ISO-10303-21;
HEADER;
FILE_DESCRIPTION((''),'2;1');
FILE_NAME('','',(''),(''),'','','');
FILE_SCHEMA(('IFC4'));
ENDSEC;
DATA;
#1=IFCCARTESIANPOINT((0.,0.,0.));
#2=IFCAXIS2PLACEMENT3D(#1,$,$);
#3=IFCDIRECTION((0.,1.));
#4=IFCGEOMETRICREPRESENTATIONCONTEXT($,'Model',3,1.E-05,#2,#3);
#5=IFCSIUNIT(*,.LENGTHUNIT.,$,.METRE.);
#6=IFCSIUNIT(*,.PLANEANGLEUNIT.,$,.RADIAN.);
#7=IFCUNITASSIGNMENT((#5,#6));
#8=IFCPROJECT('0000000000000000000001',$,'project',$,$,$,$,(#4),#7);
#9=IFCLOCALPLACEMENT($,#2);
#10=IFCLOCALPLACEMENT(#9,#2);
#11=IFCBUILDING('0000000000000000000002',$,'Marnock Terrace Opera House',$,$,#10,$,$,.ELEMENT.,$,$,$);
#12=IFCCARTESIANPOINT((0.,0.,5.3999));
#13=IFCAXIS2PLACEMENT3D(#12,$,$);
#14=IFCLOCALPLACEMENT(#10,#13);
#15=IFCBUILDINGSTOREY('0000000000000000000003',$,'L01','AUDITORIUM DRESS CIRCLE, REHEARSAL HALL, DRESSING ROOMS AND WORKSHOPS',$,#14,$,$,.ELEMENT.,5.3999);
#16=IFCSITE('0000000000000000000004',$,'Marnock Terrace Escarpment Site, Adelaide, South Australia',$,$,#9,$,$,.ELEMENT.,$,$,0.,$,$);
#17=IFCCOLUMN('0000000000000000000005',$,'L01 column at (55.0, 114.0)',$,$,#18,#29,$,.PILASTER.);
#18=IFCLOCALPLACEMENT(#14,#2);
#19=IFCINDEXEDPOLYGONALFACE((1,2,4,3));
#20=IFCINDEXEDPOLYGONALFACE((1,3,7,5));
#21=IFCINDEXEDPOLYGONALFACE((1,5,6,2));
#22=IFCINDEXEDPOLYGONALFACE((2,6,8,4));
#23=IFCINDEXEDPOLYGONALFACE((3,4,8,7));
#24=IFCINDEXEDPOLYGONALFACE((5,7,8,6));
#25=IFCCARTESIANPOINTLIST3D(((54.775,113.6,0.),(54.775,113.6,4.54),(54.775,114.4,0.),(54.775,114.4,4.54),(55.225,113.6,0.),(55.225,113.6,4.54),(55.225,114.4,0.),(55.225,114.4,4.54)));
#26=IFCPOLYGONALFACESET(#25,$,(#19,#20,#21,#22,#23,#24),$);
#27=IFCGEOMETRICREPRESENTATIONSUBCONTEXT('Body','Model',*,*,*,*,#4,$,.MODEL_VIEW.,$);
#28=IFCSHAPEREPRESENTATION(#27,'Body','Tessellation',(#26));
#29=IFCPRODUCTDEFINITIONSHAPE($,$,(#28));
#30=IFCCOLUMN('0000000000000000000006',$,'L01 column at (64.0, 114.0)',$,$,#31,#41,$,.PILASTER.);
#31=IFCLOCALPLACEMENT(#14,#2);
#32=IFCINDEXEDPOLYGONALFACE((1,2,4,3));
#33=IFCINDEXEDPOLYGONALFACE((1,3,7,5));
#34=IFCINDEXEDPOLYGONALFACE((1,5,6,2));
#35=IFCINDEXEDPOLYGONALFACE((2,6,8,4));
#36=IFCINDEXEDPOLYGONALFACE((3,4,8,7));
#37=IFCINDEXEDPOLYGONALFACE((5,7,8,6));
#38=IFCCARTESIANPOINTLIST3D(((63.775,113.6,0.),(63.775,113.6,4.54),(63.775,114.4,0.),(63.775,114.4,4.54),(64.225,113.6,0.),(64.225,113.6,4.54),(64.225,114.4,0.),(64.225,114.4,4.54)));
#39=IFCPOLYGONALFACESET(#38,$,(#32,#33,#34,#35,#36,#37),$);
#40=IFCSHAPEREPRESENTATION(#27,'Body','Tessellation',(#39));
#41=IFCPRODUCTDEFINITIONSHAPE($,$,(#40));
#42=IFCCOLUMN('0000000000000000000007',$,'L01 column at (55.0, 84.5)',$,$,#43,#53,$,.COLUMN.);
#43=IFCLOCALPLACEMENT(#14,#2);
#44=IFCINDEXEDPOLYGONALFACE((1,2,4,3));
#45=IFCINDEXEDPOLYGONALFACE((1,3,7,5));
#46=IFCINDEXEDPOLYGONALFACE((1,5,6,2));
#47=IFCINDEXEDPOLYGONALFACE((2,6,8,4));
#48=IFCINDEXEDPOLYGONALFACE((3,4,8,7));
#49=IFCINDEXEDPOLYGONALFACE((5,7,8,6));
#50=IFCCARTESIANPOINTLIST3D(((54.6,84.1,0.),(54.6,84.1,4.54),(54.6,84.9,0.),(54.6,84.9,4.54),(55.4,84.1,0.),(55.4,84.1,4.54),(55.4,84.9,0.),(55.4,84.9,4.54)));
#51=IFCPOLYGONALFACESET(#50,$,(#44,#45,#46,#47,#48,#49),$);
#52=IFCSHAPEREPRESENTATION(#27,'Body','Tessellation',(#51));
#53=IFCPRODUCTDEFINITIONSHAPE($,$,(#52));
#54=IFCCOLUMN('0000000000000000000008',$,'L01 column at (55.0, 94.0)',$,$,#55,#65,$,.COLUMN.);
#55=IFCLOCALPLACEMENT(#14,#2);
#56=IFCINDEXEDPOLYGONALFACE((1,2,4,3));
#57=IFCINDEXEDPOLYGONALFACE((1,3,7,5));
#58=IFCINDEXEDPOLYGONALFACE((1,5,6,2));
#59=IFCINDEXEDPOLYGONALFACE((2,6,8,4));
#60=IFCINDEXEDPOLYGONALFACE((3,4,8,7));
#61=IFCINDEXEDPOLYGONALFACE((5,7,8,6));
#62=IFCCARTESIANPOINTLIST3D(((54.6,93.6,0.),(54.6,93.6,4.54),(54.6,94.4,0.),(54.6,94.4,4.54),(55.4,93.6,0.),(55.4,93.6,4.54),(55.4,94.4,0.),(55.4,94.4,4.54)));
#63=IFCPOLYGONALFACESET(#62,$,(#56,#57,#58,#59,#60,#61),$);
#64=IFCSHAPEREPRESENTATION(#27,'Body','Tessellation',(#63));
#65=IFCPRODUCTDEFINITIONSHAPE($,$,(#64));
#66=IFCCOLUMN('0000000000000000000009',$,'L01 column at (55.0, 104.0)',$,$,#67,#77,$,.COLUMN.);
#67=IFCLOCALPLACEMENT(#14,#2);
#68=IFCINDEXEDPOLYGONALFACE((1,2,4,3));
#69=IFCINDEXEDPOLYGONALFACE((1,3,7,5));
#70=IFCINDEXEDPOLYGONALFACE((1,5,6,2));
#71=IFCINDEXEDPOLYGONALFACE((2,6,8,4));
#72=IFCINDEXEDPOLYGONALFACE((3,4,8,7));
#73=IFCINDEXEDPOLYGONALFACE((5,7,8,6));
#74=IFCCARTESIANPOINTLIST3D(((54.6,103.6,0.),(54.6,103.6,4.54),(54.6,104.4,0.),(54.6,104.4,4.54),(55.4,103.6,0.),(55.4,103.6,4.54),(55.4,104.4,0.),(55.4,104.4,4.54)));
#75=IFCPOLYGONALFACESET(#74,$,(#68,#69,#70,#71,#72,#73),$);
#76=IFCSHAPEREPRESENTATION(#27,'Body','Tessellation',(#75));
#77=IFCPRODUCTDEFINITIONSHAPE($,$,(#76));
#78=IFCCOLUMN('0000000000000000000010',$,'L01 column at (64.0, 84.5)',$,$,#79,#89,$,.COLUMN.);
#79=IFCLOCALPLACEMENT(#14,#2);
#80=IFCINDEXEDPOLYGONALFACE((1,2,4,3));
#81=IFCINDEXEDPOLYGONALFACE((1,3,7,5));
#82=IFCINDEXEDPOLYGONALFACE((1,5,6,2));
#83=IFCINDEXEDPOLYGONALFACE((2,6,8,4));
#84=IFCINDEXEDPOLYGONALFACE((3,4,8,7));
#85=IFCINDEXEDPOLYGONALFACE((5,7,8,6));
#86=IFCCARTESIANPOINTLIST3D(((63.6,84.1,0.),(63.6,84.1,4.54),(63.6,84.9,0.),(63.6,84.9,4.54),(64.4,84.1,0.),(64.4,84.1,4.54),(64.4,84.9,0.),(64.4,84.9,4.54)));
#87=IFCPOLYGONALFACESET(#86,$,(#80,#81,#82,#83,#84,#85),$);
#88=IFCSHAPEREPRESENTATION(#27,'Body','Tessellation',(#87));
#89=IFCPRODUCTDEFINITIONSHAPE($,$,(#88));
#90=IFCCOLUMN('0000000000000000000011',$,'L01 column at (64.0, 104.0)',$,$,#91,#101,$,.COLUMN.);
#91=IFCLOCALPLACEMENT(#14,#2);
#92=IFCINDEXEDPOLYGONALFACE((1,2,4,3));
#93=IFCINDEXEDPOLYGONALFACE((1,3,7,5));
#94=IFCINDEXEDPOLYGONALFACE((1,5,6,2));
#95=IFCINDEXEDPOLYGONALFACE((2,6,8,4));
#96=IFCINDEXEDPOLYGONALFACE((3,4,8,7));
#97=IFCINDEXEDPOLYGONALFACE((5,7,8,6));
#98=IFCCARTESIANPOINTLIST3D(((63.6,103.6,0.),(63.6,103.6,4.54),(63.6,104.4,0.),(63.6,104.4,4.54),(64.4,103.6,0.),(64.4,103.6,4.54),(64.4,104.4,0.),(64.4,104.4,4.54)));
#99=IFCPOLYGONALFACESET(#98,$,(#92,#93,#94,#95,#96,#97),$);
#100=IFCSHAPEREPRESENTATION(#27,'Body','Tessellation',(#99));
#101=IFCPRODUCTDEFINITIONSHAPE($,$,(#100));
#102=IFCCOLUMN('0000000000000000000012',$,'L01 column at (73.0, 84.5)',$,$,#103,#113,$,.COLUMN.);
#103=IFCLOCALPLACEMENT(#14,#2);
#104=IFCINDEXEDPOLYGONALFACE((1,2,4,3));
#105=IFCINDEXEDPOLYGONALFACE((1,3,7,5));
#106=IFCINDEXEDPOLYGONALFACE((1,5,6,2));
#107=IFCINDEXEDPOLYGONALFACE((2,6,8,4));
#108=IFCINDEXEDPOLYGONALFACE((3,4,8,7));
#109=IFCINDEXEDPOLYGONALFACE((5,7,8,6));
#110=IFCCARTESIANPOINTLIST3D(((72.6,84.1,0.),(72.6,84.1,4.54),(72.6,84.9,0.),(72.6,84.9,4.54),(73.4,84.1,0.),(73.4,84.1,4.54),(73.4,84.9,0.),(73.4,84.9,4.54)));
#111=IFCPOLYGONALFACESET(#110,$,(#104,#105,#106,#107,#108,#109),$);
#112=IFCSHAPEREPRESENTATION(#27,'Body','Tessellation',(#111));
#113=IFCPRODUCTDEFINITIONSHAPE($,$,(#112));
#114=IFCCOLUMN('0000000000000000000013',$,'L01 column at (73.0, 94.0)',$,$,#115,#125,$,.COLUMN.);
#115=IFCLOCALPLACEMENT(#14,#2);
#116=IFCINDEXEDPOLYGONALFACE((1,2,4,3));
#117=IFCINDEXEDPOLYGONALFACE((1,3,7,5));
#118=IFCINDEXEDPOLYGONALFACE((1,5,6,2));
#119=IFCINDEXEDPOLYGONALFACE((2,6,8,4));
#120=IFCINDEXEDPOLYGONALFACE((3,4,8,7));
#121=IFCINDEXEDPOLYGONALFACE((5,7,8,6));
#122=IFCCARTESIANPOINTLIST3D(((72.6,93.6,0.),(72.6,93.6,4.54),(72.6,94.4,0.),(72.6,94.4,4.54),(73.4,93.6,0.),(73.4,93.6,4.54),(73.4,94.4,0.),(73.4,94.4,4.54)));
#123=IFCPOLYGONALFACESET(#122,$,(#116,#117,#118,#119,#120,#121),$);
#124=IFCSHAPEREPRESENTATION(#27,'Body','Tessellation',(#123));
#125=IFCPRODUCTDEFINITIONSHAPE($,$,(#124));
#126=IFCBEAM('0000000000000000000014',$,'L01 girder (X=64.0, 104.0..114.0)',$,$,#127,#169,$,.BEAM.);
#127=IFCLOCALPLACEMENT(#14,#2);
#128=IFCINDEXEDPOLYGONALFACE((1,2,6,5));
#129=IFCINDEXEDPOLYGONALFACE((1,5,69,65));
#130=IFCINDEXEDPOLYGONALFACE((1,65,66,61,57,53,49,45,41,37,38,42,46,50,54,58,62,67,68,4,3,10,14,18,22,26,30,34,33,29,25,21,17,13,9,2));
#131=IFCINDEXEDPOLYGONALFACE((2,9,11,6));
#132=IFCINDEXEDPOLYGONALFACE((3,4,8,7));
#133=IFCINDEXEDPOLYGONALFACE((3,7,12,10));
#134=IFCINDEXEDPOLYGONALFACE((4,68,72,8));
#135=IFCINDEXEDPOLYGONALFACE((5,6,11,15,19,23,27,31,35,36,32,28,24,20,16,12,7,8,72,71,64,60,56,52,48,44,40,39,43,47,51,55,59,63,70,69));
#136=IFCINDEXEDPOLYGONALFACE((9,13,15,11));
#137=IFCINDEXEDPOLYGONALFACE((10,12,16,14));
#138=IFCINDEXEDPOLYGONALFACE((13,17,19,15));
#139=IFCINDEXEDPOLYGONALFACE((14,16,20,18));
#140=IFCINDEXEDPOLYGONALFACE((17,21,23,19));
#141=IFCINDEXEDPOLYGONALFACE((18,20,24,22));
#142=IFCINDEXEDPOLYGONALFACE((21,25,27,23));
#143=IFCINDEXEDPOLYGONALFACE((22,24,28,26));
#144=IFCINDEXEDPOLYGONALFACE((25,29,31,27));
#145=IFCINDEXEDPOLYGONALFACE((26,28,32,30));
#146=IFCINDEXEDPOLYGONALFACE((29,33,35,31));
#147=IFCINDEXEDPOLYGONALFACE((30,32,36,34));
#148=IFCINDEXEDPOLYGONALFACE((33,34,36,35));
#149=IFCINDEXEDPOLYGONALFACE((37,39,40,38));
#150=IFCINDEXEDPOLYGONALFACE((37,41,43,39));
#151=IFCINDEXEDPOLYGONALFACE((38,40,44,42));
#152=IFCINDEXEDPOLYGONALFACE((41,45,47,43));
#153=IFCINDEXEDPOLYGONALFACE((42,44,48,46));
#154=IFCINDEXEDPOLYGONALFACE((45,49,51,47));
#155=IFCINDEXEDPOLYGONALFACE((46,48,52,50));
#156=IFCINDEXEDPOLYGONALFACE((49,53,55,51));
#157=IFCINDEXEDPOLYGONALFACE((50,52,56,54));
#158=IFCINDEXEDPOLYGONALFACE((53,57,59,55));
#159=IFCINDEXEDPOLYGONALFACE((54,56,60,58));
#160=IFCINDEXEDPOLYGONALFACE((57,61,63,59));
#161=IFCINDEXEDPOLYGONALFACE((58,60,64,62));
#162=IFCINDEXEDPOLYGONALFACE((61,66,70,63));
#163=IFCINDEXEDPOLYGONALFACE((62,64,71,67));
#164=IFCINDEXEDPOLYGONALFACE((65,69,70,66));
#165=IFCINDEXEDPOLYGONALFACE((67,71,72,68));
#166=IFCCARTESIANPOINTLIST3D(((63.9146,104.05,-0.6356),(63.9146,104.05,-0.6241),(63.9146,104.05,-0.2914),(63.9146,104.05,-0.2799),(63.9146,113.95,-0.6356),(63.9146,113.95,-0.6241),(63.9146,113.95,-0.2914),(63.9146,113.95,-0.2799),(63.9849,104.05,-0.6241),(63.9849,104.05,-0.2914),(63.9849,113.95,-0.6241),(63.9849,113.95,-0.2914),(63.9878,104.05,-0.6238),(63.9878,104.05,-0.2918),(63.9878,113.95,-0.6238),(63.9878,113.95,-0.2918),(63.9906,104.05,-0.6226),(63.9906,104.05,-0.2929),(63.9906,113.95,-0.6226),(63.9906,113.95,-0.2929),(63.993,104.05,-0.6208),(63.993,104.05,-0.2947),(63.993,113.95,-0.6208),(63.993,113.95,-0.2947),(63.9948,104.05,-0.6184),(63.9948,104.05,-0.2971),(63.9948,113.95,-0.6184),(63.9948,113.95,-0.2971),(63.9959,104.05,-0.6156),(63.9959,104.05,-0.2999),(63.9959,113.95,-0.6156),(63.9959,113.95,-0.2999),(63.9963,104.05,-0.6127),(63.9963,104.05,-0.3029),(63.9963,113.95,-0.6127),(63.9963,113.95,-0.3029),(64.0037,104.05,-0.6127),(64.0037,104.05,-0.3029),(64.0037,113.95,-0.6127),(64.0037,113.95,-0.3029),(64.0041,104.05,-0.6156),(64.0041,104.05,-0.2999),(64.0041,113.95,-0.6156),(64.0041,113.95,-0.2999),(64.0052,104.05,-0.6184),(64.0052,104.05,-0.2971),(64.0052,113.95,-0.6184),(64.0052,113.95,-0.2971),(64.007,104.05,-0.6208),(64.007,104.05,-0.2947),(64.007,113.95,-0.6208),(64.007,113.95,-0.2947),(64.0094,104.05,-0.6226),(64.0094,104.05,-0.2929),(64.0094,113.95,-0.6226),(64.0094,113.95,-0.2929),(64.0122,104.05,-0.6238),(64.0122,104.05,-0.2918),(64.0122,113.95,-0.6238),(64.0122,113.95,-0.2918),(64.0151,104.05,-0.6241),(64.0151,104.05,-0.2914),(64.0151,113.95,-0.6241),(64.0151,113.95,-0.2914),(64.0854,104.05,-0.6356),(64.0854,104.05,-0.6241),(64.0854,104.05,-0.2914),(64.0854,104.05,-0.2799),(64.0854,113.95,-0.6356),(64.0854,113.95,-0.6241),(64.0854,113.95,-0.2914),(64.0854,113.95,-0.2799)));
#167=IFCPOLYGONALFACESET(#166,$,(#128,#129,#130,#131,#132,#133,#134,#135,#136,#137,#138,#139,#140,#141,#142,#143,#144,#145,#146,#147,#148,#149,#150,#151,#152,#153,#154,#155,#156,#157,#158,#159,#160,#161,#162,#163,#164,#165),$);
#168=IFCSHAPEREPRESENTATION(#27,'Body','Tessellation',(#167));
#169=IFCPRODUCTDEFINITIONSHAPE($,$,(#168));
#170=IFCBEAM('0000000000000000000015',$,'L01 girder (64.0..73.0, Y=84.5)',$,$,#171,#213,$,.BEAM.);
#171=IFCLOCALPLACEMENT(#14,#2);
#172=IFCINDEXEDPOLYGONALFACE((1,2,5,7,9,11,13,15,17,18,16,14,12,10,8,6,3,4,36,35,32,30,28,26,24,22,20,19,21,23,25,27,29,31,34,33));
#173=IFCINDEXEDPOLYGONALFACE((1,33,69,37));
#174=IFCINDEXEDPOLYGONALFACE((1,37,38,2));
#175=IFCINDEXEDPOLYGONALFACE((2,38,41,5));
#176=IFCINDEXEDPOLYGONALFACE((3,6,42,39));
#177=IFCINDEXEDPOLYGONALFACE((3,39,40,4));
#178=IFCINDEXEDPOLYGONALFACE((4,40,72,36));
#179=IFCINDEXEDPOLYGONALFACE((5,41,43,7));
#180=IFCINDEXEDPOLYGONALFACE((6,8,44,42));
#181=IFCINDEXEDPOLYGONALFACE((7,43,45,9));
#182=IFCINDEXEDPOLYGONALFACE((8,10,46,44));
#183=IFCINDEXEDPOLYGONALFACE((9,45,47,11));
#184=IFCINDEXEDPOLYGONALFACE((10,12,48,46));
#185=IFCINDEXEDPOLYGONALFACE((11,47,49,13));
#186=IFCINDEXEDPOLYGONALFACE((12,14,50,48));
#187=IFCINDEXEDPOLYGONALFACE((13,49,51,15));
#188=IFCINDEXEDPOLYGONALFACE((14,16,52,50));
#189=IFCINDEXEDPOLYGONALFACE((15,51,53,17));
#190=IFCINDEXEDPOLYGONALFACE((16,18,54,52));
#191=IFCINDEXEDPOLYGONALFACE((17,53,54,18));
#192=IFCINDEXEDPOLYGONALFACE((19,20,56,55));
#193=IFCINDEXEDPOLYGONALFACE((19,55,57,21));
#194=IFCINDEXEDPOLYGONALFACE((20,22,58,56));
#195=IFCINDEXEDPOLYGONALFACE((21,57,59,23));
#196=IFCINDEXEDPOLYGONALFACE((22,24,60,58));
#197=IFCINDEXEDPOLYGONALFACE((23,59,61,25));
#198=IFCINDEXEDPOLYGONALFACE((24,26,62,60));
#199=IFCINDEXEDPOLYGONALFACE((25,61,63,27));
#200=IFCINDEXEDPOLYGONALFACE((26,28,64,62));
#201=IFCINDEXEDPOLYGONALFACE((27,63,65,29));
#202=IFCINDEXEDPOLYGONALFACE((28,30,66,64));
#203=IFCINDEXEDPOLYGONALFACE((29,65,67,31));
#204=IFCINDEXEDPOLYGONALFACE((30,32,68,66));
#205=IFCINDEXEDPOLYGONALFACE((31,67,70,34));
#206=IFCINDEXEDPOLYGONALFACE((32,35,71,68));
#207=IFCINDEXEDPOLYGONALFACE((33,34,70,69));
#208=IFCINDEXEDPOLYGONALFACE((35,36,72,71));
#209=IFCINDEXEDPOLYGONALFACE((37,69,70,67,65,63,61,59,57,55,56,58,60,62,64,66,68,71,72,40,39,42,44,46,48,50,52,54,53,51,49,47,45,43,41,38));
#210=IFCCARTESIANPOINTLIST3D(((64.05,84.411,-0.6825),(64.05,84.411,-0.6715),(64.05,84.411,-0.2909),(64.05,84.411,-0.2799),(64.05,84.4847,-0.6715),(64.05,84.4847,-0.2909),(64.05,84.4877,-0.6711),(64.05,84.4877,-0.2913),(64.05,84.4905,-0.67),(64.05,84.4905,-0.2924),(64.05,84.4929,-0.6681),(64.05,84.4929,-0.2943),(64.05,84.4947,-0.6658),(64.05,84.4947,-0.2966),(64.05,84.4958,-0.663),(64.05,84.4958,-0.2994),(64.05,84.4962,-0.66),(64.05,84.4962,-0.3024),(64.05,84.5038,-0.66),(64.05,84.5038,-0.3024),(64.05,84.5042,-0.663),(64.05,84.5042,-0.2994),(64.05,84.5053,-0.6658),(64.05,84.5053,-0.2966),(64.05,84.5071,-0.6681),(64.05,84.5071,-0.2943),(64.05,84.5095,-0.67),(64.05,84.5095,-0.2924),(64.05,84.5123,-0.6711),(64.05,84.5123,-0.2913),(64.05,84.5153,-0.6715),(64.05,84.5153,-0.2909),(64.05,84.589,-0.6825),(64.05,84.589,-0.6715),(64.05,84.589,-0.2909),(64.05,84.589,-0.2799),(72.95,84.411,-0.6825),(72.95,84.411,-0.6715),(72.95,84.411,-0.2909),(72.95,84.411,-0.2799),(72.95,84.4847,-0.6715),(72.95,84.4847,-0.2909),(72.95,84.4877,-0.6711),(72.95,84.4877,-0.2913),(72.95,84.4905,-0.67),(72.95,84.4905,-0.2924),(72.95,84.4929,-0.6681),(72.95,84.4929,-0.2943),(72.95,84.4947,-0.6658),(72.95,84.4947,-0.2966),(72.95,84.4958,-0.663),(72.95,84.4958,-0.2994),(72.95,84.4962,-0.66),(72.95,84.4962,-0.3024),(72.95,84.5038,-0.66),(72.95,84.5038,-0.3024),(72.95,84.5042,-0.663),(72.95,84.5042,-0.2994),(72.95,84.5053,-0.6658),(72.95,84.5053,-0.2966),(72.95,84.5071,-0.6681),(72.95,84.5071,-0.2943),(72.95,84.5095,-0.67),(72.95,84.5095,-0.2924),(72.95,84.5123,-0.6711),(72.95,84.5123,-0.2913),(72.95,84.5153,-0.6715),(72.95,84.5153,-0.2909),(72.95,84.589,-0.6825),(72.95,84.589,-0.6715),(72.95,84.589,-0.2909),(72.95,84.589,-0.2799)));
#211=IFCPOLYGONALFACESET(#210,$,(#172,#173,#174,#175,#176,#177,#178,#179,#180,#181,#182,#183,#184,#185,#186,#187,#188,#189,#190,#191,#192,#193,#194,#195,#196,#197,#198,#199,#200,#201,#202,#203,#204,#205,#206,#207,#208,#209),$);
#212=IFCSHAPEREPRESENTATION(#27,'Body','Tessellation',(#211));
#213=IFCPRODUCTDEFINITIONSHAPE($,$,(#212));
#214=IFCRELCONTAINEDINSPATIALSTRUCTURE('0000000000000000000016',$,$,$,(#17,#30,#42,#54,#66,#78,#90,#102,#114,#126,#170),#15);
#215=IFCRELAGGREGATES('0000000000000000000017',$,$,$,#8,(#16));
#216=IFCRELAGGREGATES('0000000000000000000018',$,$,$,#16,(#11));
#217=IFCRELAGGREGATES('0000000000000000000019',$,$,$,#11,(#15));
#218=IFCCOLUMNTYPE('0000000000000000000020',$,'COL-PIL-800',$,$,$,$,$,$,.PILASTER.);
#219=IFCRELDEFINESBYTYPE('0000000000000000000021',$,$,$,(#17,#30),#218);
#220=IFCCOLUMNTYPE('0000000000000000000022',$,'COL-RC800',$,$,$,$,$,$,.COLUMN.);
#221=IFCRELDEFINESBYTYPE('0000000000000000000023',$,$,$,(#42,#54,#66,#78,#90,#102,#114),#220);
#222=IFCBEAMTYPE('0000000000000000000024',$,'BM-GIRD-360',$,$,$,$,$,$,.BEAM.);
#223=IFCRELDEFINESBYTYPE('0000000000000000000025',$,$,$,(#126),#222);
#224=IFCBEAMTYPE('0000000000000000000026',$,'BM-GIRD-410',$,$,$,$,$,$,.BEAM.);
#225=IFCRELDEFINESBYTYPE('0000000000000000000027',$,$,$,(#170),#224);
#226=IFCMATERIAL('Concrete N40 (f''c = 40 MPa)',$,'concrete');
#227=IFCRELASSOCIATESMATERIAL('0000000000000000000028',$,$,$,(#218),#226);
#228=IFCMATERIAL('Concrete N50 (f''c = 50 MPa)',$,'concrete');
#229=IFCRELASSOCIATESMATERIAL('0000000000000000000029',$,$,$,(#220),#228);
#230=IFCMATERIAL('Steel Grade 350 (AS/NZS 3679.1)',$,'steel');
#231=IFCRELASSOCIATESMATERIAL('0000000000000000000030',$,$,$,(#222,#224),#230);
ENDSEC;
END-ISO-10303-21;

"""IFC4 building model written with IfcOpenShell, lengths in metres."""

from ifc_helpers import new_model, si_unit, direction, frame, origin, origin_2d, place, context, subcontext, project, spatial, rectangle, i_section, extrude, material, material_profile, profile_set, type_object, element, save


model = new_model("IFC4")

# Units and contexts
model_context = context("Model", 3, precision=1e-05, world=origin(), true_north=direction((0.0, 1.0)))
body_context = subcontext(model_context, "Body", "Model", "MODEL_VIEW")
ifc_project = project(units=[si_unit("LENGTHUNIT", "METRE"), si_unit("PLANEANGLEUNIT", "RADIAN")], contexts=[model_context])

# Site, building, storey
site_placement = place(None, origin())
site = spatial("IfcSite", under=ifc_project, at=site_placement, Name="Marnock Terrace Escarpment Site, Adelaide, South Australia", CompositionType="ELEMENT", RefElevation=0.0)
building_placement = place(site_placement, origin())
building = spatial("IfcBuilding", under=site, at=building_placement, Name="Marnock Terrace Opera House", CompositionType="ELEMENT")
storey_placement = place(building_placement, frame((0.0, 0.0, 5.3999)))
storey = spatial("IfcBuildingStorey", under=building, at=storey_placement, Name="L01", Description="AUDITORIUM DRESS CIRCLE, REHEARSAL HALL, DRESSING ROOMS AND WORKSHOPS", CompositionType="ELEMENT", Elevation=5.3999)

# Columns
ifc_material_1 = material(Name="Concrete N40 (f'c = 40 MPa)", Category="concrete")
ifc_material_profile_1 = material_profile(ifc_material_1, rectangle(XDim=0.45, YDim=0.8, at=origin_2d()))
ifc_profile_set_1 = profile_set([ifc_material_profile_1], Name="Concrete N40 (f'c = 40 MPa)")
column_type_1 = type_object("IfcColumnType", Name="COL-PIL-800", PredefinedType="PILASTER", material=ifc_profile_set_1)
for number, where, z_axis, x_axis, name in (
    (1, (55.0, 114.0, 0.0), (0.0, 0.0, 1.0), (1.0, 0.0, 0.0), "L01 column at (55.0, 114.0)"),
    (2, (64.0, 114.0, 0.0), (0.0, 0.0, 1.0), (1.0, 0.0, 0.0), "L01 column at (64.0, 114.0)"),
):
    element("IfcColumn", number, at=place(storey_placement, frame(where, z_axis=z_axis, x_axis=x_axis)), inside=storey, type_object=column_type_1, Name=name, PredefinedType="PILASTER", context=body_context, shape_type="SweptSolid", body=[
        extrude(rectangle(XDim=0.45, YDim=0.8, at=origin_2d()), origin(), (0.0, 0.0, 1.0), 4.54),
    ])
ifc_material_2 = material(Name="Concrete N50 (f'c = 50 MPa)", Category="concrete")
ifc_material_profile_2 = material_profile(ifc_material_2, rectangle(XDim=0.8, YDim=0.8, at=origin_2d()))
ifc_profile_set_2 = profile_set([ifc_material_profile_2], Name="Concrete N50 (f'c = 50 MPa)")
column_type_2 = type_object("IfcColumnType", Name="COL-RC800", PredefinedType="COLUMN", material=ifc_profile_set_2)
for number, where, z_axis, x_axis, name in (
    (3, (55.0, 84.5, 0.0), (0.0, 0.0, 1.0), (1.0, 0.0, 0.0), "L01 column at (55.0, 84.5)"),
    (4, (55.0, 94.0, 0.0), (0.0, 0.0, 1.0), (1.0, 0.0, 0.0), "L01 column at (55.0, 94.0)"),
    (5, (55.0, 104.0, 0.0), (0.0, 0.0, 1.0), (1.0, 0.0, 0.0), "L01 column at (55.0, 104.0)"),
    (6, (64.0, 84.5, 0.0), (0.0, 0.0, 1.0), (1.0, 0.0, 0.0), "L01 column at (64.0, 84.5)"),
    (7, (64.0, 104.0, 0.0), (0.0, 0.0, 1.0), (1.0, 0.0, 0.0), "L01 column at (64.0, 104.0)"),
    (8, (73.0, 84.5, 0.0), (0.0, 0.0, 1.0), (1.0, 0.0, 0.0), "L01 column at (73.0, 84.5)"),
    (9, (73.0, 94.0, 0.0), (0.0, 0.0, 1.0), (1.0, 0.0, 0.0), "L01 column at (73.0, 94.0)"),
):
    element("IfcColumn", number, at=place(storey_placement, frame(where, z_axis=z_axis, x_axis=x_axis)), inside=storey, type_object=column_type_2, Name=name, PredefinedType="COLUMN", context=body_context, shape_type="SweptSolid", body=[
        extrude(rectangle(XDim=0.8, YDim=0.8, at=origin_2d()), origin(), (0.0, 0.0, 1.0), 4.54),
    ])

# Beams
ifc_material_3 = material(Name="Steel Grade 350 (AS/NZS 3679.1)", Category="steel")
ifc_material_profile_3 = material_profile(ifc_material_3, i_section(OverallWidth=0.1709, OverallDepth=0.3557, WebThickness=0.0073, FlangeThickness=0.0115, FilletRadius=0.0115, at=origin_2d()))
ifc_profile_set_3 = profile_set([ifc_material_profile_3], Name="Steel Grade 350 (AS/NZS 3679.1)")
beam_type_1 = type_object("IfcBeamType", Name="BM-GIRD-360", PredefinedType="BEAM", material=ifc_profile_set_3)
beam_1_placement = place(storey_placement, frame((64.0, 104.05, -0.4578), z_axis=(0.0, 1.0, 0.0), x_axis=(-1.0, 0.0, 0.0)))
element("IfcBeam", 10, at=beam_1_placement, inside=storey, type_object=beam_type_1, Name="L01 girder (X=64.0, 104.0..114.0)", PredefinedType="BEAM", context=body_context, shape_type="SweptSolid", body=[
    extrude(i_section(OverallWidth=0.1709, OverallDepth=0.3557, WebThickness=0.0073, FlangeThickness=0.0115, FilletRadius=0.0115, at=origin_2d()), origin(), (0.0, 0.0, 1.0), 9.8999),
])
ifc_material_profile_4 = material_profile(ifc_material_3, i_section(OverallWidth=0.178, OverallDepth=0.4026, WebThickness=0.0076, FlangeThickness=0.011, FilletRadius=0.0115, at=origin_2d()))
ifc_profile_set_4 = profile_set([ifc_material_profile_4], Name="Steel Grade 350 (AS/NZS 3679.1)")
beam_type_2 = type_object("IfcBeamType", Name="BM-GIRD-410", PredefinedType="BEAM", material=ifc_profile_set_4)
beam_2_placement = place(storey_placement, frame((64.05, 84.5, -0.4812), z_axis=(1.0, 0.0, 0.0), x_axis=(0.0, 1.0, 0.0)))
element("IfcBeam", 11, at=beam_2_placement, inside=storey, type_object=beam_type_2, Name="L01 girder (64.0..73.0, Y=84.5)", PredefinedType="BEAM", context=body_context, shape_type="SweptSolid", body=[
    extrude(i_section(OverallWidth=0.178, OverallDepth=0.4026, WebThickness=0.0076, FlangeThickness=0.011, FilletRadius=0.0115, at=origin_2d()), origin(), (0.0, 0.0, 1.0), 8.8999),
])

save(model, "model.ifc")
